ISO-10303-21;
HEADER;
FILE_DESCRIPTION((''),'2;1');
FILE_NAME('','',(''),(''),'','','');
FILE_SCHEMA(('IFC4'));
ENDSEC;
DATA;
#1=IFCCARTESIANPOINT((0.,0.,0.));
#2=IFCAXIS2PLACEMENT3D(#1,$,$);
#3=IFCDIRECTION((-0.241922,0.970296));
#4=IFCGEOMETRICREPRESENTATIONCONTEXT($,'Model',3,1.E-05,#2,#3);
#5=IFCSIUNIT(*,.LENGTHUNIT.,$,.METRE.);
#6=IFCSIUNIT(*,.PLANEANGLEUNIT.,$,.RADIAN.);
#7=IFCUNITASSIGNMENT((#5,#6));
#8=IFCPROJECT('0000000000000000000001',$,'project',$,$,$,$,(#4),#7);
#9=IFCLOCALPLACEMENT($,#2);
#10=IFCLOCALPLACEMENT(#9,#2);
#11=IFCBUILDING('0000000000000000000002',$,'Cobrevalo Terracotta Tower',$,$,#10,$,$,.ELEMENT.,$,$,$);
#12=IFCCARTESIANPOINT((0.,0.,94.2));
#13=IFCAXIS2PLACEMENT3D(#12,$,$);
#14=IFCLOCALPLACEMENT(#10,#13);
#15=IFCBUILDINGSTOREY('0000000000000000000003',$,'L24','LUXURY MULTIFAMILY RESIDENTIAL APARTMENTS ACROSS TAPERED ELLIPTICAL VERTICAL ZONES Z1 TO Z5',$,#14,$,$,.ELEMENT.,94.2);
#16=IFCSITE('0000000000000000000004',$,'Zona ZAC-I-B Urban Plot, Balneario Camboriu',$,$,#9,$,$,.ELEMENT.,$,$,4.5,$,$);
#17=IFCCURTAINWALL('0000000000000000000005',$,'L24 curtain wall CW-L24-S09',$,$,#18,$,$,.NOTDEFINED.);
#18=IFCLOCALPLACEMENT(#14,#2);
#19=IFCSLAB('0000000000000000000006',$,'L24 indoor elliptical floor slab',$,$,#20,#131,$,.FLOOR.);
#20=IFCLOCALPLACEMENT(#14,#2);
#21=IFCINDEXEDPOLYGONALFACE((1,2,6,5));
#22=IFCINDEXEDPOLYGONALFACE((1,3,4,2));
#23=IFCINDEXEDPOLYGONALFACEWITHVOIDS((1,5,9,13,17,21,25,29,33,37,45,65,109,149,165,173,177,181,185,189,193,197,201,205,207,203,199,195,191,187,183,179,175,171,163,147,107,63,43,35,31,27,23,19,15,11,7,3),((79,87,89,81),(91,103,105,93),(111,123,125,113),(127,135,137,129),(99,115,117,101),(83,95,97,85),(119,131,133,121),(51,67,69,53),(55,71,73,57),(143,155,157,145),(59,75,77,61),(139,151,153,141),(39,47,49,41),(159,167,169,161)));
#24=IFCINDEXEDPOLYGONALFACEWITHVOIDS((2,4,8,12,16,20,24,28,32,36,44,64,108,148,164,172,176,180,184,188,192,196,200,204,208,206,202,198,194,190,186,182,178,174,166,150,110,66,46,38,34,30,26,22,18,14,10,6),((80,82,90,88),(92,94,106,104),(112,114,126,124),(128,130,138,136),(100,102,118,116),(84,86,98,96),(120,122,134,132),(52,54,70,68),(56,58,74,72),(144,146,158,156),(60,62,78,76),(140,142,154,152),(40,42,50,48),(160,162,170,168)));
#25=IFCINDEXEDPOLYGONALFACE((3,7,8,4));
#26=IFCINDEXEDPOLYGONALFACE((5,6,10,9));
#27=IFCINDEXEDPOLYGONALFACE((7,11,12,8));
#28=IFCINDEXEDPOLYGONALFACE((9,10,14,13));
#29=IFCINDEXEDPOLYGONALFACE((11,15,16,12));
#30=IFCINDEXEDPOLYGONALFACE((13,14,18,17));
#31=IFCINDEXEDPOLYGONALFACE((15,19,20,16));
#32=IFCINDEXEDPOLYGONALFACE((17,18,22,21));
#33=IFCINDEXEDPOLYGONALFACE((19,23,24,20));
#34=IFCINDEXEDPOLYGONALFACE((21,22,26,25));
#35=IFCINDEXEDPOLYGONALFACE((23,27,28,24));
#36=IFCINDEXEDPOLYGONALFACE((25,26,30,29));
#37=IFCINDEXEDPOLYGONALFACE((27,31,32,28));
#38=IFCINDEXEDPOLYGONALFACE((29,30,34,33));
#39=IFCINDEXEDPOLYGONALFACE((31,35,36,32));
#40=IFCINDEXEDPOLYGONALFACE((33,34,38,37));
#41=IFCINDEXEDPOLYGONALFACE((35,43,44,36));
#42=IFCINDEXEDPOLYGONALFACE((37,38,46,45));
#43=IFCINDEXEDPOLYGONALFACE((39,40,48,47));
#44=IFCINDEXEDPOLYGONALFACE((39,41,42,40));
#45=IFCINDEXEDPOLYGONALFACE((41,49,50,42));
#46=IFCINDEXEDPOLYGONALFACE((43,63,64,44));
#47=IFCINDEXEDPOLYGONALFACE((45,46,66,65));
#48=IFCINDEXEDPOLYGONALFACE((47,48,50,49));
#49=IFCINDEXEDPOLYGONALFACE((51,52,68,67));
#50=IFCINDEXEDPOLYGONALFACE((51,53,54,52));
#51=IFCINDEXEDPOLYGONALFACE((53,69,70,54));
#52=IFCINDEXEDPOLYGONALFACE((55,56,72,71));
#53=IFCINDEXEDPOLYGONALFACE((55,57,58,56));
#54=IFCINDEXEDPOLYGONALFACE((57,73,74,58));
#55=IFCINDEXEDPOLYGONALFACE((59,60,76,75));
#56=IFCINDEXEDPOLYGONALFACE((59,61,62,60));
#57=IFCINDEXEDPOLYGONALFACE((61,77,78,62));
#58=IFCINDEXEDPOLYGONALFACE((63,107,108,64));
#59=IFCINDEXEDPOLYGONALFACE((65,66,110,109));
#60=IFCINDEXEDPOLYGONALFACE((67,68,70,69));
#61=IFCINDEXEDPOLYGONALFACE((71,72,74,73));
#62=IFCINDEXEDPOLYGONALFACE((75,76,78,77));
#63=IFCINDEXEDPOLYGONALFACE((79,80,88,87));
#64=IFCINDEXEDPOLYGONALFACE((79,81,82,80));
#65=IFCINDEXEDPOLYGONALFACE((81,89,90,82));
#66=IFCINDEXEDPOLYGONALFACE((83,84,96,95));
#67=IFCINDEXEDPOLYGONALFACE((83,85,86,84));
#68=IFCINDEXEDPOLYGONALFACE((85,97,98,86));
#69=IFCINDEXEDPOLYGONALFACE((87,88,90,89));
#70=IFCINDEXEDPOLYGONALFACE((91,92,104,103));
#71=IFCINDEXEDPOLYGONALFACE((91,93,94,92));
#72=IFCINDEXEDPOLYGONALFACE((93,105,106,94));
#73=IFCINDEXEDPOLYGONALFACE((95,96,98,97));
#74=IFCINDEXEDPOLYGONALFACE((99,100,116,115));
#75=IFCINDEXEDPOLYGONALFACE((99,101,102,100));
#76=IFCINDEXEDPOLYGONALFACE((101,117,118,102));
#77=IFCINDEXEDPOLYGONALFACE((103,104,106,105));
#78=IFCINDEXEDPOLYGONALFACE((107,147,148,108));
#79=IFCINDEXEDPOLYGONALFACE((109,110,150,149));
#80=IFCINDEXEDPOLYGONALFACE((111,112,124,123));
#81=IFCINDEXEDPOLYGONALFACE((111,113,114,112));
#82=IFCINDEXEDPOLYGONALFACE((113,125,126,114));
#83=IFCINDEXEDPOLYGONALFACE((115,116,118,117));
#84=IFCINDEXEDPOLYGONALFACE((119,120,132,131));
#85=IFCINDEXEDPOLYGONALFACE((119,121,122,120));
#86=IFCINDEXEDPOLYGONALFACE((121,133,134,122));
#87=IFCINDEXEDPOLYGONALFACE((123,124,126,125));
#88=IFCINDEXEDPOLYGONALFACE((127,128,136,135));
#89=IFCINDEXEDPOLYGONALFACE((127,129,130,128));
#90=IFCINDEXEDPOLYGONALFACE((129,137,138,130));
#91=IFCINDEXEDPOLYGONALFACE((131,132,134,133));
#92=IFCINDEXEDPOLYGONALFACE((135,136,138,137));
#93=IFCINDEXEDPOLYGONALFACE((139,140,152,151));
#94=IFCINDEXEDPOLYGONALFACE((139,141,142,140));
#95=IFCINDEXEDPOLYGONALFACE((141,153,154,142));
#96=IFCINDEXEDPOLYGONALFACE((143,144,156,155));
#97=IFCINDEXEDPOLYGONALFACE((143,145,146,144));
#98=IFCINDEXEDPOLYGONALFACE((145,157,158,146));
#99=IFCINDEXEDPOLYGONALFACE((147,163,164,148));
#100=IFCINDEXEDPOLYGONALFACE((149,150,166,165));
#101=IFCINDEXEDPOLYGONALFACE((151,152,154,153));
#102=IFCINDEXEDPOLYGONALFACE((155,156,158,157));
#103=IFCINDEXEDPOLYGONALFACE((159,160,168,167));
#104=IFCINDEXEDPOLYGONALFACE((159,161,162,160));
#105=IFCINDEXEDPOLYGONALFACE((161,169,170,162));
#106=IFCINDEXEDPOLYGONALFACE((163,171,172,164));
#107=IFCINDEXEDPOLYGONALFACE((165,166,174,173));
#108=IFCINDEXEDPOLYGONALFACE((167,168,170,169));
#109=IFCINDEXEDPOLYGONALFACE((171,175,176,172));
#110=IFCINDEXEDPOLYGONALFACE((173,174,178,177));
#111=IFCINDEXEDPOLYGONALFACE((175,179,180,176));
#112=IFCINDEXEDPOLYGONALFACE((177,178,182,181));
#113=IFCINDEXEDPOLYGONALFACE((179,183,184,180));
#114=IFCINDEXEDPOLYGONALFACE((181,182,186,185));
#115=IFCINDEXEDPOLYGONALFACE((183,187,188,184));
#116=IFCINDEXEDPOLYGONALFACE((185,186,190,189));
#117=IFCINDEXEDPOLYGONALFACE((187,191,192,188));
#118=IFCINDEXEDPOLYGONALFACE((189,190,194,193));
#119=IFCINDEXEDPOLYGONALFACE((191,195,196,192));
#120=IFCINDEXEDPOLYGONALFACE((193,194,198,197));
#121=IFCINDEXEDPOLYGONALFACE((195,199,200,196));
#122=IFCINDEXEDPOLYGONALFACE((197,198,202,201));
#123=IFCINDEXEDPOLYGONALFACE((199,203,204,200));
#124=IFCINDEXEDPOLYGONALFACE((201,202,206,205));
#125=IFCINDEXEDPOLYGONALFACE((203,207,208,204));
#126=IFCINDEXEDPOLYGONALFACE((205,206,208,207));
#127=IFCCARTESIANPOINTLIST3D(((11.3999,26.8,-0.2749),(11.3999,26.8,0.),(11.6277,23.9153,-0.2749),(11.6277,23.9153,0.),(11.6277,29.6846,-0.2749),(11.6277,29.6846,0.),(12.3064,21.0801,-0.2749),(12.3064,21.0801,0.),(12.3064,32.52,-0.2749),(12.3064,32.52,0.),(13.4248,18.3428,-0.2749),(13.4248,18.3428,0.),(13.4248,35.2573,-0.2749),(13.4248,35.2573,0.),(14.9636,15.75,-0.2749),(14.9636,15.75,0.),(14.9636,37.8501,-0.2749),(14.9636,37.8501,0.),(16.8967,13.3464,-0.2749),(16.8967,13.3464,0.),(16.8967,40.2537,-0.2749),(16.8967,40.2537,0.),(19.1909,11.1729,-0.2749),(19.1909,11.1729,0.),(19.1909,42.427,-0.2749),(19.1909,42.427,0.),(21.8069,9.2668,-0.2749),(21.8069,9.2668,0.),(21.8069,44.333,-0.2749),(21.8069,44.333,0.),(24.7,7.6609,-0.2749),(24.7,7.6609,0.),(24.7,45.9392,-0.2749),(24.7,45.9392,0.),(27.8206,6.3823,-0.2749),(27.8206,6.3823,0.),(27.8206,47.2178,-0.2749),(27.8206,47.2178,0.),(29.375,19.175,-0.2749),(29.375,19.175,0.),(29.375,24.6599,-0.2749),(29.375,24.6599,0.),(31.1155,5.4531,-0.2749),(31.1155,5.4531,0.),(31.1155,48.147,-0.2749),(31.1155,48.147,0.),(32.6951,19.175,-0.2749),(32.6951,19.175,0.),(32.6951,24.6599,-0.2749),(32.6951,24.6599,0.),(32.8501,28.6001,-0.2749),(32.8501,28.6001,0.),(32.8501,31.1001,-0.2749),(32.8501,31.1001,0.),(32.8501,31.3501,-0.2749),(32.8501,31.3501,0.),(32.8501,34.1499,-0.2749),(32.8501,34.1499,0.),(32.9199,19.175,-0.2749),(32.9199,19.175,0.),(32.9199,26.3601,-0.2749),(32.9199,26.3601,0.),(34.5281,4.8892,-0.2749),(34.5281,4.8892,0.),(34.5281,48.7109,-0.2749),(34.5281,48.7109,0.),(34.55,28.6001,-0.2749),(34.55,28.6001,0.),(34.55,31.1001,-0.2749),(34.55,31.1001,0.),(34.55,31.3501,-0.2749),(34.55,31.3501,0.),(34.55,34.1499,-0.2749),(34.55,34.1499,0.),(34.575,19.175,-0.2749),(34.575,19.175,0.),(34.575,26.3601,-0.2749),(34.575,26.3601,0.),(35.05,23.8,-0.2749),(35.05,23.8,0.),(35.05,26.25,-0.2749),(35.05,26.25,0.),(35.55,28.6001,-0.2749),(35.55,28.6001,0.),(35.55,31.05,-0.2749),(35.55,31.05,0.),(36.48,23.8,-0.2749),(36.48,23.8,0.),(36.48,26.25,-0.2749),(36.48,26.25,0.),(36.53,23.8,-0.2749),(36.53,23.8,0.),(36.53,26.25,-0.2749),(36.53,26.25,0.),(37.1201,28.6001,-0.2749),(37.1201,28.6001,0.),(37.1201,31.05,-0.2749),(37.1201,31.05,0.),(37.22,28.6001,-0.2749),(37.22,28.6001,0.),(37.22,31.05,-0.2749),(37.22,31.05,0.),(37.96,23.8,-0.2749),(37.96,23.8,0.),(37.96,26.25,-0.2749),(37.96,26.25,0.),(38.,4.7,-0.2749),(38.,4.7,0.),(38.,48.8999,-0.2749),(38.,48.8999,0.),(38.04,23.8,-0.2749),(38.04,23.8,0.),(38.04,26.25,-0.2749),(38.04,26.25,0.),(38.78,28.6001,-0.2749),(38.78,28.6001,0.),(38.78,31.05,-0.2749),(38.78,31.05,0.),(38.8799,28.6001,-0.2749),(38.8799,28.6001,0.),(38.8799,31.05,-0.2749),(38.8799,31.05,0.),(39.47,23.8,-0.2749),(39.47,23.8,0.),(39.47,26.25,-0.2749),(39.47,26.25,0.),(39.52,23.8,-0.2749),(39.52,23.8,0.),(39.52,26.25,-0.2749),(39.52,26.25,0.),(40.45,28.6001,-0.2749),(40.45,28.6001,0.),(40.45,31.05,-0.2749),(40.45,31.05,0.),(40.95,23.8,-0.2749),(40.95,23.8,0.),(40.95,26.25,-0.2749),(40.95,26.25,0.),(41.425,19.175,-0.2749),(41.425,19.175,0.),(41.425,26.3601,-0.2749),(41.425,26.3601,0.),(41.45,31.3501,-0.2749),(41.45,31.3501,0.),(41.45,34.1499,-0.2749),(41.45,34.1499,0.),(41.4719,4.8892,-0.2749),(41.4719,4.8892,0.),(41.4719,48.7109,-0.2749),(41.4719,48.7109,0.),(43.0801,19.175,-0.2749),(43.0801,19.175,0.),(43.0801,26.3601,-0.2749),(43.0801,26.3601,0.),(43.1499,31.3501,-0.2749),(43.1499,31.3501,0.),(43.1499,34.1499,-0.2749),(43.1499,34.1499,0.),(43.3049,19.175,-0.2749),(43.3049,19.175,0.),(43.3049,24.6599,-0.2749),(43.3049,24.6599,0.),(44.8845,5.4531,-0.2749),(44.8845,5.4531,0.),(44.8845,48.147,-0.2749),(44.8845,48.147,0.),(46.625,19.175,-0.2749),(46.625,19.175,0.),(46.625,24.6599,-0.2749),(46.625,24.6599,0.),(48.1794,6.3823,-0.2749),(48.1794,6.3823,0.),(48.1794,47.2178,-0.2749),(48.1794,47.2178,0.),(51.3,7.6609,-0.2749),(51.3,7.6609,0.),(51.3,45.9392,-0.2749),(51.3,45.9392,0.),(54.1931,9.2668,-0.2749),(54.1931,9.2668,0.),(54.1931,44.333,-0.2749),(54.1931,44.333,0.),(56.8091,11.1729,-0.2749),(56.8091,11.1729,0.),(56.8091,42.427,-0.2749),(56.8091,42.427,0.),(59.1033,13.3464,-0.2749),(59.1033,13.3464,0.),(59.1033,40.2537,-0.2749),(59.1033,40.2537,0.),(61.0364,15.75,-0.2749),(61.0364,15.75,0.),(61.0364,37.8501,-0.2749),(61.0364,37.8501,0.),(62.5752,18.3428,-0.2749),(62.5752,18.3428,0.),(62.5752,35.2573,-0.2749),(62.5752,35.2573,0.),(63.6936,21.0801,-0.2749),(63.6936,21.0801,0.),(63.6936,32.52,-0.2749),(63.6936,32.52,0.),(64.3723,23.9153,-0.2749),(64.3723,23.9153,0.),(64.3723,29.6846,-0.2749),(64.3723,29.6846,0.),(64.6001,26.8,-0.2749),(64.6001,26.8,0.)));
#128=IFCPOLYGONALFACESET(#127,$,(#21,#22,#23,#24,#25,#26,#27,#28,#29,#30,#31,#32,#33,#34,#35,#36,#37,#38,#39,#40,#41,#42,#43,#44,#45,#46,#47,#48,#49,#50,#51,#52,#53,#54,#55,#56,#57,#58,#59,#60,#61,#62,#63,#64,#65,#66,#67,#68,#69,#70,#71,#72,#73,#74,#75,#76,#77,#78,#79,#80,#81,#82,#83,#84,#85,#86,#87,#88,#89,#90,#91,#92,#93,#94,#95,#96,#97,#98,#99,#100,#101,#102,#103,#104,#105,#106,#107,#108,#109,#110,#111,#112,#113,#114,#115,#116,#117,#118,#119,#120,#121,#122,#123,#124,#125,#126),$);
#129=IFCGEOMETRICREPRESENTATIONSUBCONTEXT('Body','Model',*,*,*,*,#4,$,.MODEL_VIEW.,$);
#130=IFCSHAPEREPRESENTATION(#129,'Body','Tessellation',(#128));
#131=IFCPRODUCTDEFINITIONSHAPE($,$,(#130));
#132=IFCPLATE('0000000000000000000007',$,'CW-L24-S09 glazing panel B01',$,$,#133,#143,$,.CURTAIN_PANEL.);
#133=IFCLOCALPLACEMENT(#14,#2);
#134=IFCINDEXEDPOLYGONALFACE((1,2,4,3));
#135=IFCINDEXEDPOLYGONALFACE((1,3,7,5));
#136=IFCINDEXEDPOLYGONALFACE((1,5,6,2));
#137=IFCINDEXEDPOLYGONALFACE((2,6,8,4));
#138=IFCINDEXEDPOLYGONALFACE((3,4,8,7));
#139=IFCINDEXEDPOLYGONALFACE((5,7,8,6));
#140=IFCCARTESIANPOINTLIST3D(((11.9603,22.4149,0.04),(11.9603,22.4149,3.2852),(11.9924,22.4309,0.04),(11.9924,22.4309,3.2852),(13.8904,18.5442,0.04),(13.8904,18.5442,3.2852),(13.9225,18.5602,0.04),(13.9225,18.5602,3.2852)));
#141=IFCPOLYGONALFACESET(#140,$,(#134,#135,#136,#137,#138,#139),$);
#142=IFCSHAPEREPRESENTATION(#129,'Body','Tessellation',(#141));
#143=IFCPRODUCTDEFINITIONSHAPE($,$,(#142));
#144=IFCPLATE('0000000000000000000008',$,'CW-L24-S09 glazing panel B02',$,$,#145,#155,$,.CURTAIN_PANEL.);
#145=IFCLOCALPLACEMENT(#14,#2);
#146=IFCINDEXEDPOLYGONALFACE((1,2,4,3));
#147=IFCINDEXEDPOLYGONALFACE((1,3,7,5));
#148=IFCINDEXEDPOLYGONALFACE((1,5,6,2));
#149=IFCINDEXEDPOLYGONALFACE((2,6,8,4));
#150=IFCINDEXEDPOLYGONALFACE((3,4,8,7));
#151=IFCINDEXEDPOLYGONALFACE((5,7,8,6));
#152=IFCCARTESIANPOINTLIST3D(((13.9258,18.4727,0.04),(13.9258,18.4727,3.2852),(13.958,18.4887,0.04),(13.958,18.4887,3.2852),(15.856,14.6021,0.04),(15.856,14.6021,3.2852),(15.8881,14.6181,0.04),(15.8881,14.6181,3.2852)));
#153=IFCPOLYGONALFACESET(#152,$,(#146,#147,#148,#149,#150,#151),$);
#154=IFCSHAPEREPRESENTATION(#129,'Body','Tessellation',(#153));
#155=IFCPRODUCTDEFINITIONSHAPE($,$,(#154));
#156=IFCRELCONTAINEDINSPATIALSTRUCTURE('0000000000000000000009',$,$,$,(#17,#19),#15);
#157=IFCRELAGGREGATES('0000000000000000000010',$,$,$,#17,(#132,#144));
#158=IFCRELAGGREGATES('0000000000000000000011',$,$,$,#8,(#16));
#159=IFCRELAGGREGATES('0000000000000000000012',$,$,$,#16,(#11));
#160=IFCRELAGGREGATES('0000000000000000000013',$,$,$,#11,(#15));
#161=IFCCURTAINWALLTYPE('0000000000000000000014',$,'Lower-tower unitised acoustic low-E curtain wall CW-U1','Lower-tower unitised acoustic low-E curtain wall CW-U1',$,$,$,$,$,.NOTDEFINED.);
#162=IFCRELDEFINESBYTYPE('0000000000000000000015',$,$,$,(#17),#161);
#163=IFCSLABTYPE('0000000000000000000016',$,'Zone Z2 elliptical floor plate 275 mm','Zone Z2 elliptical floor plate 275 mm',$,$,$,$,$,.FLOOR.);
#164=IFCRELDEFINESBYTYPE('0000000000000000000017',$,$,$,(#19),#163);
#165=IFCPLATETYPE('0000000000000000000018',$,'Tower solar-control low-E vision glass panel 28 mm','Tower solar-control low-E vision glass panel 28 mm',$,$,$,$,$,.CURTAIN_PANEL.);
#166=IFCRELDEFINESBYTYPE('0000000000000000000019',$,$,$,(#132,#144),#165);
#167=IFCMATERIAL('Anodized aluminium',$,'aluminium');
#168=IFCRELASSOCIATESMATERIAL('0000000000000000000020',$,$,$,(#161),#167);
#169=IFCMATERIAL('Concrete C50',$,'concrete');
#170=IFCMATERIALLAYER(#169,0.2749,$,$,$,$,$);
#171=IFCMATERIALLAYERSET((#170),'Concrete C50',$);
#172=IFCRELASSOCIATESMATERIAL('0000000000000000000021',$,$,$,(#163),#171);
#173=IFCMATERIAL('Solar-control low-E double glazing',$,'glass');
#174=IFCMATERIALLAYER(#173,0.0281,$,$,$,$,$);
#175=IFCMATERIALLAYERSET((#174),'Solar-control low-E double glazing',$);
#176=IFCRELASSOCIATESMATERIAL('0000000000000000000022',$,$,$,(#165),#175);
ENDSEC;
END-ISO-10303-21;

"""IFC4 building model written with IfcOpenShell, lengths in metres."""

from ifc_helpers import new_model, si_unit, direction, frame, origin, origin_2d, place, context, subcontext, project, spatial, polyline, rectangle, outline, extrude, source, transform, mapped, material, layer, layer_set, type_object, element, aggregate, save


model = new_model("IFC4")

# Units and contexts
model_context = context("Model", 3, precision=1e-05, world=origin(), true_north=direction((-0.241922, 0.970296)))
body_context = subcontext(model_context, "Body", "Model", "MODEL_VIEW")
ifc_project = project(units=[si_unit("LENGTHUNIT", "METRE"), si_unit("PLANEANGLEUNIT", "RADIAN")], contexts=[model_context])

# Site, building, storey
site_placement = place(None, origin())
site = spatial("IfcSite", under=ifc_project, at=site_placement, Name="Zona ZAC-I-B Urban Plot, Balneario Camboriu", CompositionType="ELEMENT", RefElevation=4.5)
building_placement = place(site_placement, origin())
building = spatial("IfcBuilding", under=site, at=building_placement, Name="Cobrevalo Terracotta Tower", CompositionType="ELEMENT")
storey_placement = place(building_placement, frame((0.0, 0.0, 94.2)))
storey = spatial("IfcBuildingStorey", under=building, at=storey_placement, Name="L24", Description="LUXURY MULTIFAMILY RESIDENTIAL APARTMENTS ACROSS TAPERED ELLIPTICAL VERTICAL ZONES Z1 TO Z5", CompositionType="ELEMENT", Elevation=94.2)

# Curtain wall
ifc_material_1 = material(Name="Anodized aluminium", Category="aluminium")
curtain_wall_type = type_object("IfcCurtainWallType", Name="Lower-tower unitised acoustic low-E curtain wall CW-U1", Description="Lower-tower unitised acoustic low-E curtain wall CW-U1", PredefinedType="NOTDEFINED", material=ifc_material_1)
curtain_wall_placement = place(storey_placement, origin())
curtain_wall = element("IfcCurtainWall", 1, at=curtain_wall_placement, inside=storey, type_object=curtain_wall_type, Name="L24 curtain wall CW-L24-S09", PredefinedType="NOTDEFINED")

# Shared definitions
ifc_material_2 = material(Name="Concrete C50", Category="concrete")

# Slab
ifc_layer_1 = layer(ifc_material_2, 0.2749)
ifc_layer_set_1 = layer_set([ifc_layer_1], Name="Concrete C50")
slab_type_1 = type_object("IfcSlabType", Name="Zone Z2 elliptical floor plate 275 mm", Description="Zone Z2 elliptical floor plate 275 mm", PredefinedType="FLOOR", material=ifc_layer_set_1)
slab_1_placement = place(storey_placement, frame((0.0, 0.0, -0.2749)))
element("IfcSlab", 2, at=slab_1_placement, inside=storey, type_object=slab_type_1, Name="L24 indoor elliptical floor slab", PredefinedType="FLOOR", context=body_context, shape_type="SweptSolid", body=[
    extrude(outline(polyline([(64.3723, 23.9153), (63.6936, 21.0801), (62.5752, 18.3428), (61.0364, 15.75), (59.1033, 13.3464), (56.8091, 11.1729), (54.1931, 9.2668), (51.3, 7.6609), (48.1794, 6.3823), (44.8845, 5.4531), (41.4719, 4.8892), (38.0, 4.7), (34.5281, 4.8892), (31.1155, 5.4531), (27.8206, 6.3823), (24.7, 7.6609), (21.8069, 9.2668), (19.1909, 11.1729), (16.8967, 13.3464), (14.9636, 15.75), (13.4248, 18.3428), (12.3064, 21.0801), (11.6277, 23.9153), (11.3999, 26.8), (11.6277, 29.6846), (12.3064, 32.52), (13.4248, 35.2573), (14.9636, 37.8501), (16.8967, 40.2537), (19.1909, 42.427), (21.8069, 44.333), (24.7, 45.9392), (27.8206, 47.2178), (31.1155, 48.147), (34.5281, 48.7109), (38.0, 48.8999), (41.4719, 48.7109), (44.8845, 48.147), (48.1794, 47.2178), (51.3, 45.9392), (54.1931, 44.333), (56.8091, 42.427), (59.1033, 40.2537), (61.0364, 37.8501), (62.5752, 35.2573), (63.6936, 32.52), (64.3723, 29.6846), (64.6001, 26.8), (64.3723, 23.9153)]), holes=[polyline([(32.6951, 19.175), (32.6951, 24.6599), (29.375, 24.6599), (29.375, 19.175), (32.6951, 19.175)]), polyline([(34.575, 19.175), (34.575, 26.3601), (32.9199, 26.3601), (32.9199, 19.175), (34.575, 19.175)]), polyline([(36.48, 23.8), (36.48, 26.25), (35.05, 26.25), (35.05, 23.8), (36.48, 23.8)]), polyline([(37.96, 23.8), (37.96, 26.25), (36.53, 26.25), (36.53, 23.8), (37.96, 23.8)]), polyline([(37.1201, 28.6001), (37.1201, 31.05), (35.55, 31.05), (35.55, 28.6001), (37.1201, 28.6001)]), polyline([(34.55, 28.6001), (34.55, 31.1001), (32.8501, 31.1001), (32.8501, 28.6001), (34.55, 28.6001)]), polyline([(34.55, 31.3501), (34.55, 34.1499), (32.8501, 34.1499), (32.8501, 31.3501), (34.55, 31.3501)]), polyline([(46.625, 19.175), (46.625, 24.6599), (43.3049, 24.6599), (43.3049, 19.175), (46.625, 19.175)]), polyline([(43.0801, 19.175), (43.0801, 26.3601), (41.425, 26.3601), (41.425, 19.175), (43.0801, 19.175)]), polyline([(39.47, 23.8), (39.47, 26.25), (38.04, 26.25), (38.04, 23.8), (39.47, 23.8)]), polyline([(40.95, 23.8), (40.95, 26.25), (39.52, 26.25), (39.52, 23.8), (40.95, 23.8)]), polyline([(38.78, 28.6001), (38.78, 31.05), (37.22, 31.05), (37.22, 28.6001), (38.78, 28.6001)]), polyline([(40.45, 28.6001), (40.45, 31.05), (38.8799, 31.05), (38.8799, 28.6001), (40.45, 28.6001)]), polyline([(43.1499, 31.3501), (43.1499, 34.1499), (41.45, 34.1499), (41.45, 31.3501), (43.1499, 31.3501)])]), origin(), (0.0, 0.0, 1.0), 0.2749),
])

# Plates
ifc_material_3 = material(Name="Solar-control low-E double glazing", Category="glass")
ifc_layer_2 = layer(ifc_material_3, 0.0281)
ifc_layer_set_2 = layer_set([ifc_layer_2], Name="Solar-control low-E double glazing")
plate_type = type_object("IfcPlateType", Name="Tower solar-control low-E vision glass panel 28 mm", Description="Tower solar-control low-E vision glass panel 28 mm", PredefinedType="CURTAIN_PANEL", material=ifc_layer_set_2)
shared_shape_1 = source(origin(), body_context, "Body", "SweptSolid", [
    extrude(rectangle(XDim=4.3252, YDim=0.0359, at=origin_2d()), origin(), (0.0, 0.0, 1.0), 3.2451),
])
plate_1_placement = place(storey_placement, frame((12.9414, 20.4875, 0.04), z_axis=(0.0, 0.0, 1.0), x_axis=(0.446262, -0.894902, 0.0)))
plate_1 = element("IfcPlate", 3, at=plate_1_placement, type_object=plate_type, Name="CW-L24-S09 glazing panel B01", PredefinedType="CURTAIN_PANEL", context=body_context, shape_type="MappedRepresentation", body=[
    mapped(shared_shape_1, transform((0.0, 0.0, 0.0), scale=1.0)),
])
plate_2_placement = place(storey_placement, frame((14.907, 16.5454, 0.04), z_axis=(0.0, 0.0, 1.0), x_axis=(0.446262, -0.894902, 0.0)))
plate_2 = element("IfcPlate", 4, at=plate_2_placement, type_object=plate_type, Name="CW-L24-S09 glazing panel B02", PredefinedType="CURTAIN_PANEL", context=body_context, shape_type="MappedRepresentation", body=[
    mapped(shared_shape_1, transform((0.0, 0.0, 0.0), scale=1.0)),
])
aggregate(curtain_wall, [plate_1, plate_2])

save(model, "model.ifc")
